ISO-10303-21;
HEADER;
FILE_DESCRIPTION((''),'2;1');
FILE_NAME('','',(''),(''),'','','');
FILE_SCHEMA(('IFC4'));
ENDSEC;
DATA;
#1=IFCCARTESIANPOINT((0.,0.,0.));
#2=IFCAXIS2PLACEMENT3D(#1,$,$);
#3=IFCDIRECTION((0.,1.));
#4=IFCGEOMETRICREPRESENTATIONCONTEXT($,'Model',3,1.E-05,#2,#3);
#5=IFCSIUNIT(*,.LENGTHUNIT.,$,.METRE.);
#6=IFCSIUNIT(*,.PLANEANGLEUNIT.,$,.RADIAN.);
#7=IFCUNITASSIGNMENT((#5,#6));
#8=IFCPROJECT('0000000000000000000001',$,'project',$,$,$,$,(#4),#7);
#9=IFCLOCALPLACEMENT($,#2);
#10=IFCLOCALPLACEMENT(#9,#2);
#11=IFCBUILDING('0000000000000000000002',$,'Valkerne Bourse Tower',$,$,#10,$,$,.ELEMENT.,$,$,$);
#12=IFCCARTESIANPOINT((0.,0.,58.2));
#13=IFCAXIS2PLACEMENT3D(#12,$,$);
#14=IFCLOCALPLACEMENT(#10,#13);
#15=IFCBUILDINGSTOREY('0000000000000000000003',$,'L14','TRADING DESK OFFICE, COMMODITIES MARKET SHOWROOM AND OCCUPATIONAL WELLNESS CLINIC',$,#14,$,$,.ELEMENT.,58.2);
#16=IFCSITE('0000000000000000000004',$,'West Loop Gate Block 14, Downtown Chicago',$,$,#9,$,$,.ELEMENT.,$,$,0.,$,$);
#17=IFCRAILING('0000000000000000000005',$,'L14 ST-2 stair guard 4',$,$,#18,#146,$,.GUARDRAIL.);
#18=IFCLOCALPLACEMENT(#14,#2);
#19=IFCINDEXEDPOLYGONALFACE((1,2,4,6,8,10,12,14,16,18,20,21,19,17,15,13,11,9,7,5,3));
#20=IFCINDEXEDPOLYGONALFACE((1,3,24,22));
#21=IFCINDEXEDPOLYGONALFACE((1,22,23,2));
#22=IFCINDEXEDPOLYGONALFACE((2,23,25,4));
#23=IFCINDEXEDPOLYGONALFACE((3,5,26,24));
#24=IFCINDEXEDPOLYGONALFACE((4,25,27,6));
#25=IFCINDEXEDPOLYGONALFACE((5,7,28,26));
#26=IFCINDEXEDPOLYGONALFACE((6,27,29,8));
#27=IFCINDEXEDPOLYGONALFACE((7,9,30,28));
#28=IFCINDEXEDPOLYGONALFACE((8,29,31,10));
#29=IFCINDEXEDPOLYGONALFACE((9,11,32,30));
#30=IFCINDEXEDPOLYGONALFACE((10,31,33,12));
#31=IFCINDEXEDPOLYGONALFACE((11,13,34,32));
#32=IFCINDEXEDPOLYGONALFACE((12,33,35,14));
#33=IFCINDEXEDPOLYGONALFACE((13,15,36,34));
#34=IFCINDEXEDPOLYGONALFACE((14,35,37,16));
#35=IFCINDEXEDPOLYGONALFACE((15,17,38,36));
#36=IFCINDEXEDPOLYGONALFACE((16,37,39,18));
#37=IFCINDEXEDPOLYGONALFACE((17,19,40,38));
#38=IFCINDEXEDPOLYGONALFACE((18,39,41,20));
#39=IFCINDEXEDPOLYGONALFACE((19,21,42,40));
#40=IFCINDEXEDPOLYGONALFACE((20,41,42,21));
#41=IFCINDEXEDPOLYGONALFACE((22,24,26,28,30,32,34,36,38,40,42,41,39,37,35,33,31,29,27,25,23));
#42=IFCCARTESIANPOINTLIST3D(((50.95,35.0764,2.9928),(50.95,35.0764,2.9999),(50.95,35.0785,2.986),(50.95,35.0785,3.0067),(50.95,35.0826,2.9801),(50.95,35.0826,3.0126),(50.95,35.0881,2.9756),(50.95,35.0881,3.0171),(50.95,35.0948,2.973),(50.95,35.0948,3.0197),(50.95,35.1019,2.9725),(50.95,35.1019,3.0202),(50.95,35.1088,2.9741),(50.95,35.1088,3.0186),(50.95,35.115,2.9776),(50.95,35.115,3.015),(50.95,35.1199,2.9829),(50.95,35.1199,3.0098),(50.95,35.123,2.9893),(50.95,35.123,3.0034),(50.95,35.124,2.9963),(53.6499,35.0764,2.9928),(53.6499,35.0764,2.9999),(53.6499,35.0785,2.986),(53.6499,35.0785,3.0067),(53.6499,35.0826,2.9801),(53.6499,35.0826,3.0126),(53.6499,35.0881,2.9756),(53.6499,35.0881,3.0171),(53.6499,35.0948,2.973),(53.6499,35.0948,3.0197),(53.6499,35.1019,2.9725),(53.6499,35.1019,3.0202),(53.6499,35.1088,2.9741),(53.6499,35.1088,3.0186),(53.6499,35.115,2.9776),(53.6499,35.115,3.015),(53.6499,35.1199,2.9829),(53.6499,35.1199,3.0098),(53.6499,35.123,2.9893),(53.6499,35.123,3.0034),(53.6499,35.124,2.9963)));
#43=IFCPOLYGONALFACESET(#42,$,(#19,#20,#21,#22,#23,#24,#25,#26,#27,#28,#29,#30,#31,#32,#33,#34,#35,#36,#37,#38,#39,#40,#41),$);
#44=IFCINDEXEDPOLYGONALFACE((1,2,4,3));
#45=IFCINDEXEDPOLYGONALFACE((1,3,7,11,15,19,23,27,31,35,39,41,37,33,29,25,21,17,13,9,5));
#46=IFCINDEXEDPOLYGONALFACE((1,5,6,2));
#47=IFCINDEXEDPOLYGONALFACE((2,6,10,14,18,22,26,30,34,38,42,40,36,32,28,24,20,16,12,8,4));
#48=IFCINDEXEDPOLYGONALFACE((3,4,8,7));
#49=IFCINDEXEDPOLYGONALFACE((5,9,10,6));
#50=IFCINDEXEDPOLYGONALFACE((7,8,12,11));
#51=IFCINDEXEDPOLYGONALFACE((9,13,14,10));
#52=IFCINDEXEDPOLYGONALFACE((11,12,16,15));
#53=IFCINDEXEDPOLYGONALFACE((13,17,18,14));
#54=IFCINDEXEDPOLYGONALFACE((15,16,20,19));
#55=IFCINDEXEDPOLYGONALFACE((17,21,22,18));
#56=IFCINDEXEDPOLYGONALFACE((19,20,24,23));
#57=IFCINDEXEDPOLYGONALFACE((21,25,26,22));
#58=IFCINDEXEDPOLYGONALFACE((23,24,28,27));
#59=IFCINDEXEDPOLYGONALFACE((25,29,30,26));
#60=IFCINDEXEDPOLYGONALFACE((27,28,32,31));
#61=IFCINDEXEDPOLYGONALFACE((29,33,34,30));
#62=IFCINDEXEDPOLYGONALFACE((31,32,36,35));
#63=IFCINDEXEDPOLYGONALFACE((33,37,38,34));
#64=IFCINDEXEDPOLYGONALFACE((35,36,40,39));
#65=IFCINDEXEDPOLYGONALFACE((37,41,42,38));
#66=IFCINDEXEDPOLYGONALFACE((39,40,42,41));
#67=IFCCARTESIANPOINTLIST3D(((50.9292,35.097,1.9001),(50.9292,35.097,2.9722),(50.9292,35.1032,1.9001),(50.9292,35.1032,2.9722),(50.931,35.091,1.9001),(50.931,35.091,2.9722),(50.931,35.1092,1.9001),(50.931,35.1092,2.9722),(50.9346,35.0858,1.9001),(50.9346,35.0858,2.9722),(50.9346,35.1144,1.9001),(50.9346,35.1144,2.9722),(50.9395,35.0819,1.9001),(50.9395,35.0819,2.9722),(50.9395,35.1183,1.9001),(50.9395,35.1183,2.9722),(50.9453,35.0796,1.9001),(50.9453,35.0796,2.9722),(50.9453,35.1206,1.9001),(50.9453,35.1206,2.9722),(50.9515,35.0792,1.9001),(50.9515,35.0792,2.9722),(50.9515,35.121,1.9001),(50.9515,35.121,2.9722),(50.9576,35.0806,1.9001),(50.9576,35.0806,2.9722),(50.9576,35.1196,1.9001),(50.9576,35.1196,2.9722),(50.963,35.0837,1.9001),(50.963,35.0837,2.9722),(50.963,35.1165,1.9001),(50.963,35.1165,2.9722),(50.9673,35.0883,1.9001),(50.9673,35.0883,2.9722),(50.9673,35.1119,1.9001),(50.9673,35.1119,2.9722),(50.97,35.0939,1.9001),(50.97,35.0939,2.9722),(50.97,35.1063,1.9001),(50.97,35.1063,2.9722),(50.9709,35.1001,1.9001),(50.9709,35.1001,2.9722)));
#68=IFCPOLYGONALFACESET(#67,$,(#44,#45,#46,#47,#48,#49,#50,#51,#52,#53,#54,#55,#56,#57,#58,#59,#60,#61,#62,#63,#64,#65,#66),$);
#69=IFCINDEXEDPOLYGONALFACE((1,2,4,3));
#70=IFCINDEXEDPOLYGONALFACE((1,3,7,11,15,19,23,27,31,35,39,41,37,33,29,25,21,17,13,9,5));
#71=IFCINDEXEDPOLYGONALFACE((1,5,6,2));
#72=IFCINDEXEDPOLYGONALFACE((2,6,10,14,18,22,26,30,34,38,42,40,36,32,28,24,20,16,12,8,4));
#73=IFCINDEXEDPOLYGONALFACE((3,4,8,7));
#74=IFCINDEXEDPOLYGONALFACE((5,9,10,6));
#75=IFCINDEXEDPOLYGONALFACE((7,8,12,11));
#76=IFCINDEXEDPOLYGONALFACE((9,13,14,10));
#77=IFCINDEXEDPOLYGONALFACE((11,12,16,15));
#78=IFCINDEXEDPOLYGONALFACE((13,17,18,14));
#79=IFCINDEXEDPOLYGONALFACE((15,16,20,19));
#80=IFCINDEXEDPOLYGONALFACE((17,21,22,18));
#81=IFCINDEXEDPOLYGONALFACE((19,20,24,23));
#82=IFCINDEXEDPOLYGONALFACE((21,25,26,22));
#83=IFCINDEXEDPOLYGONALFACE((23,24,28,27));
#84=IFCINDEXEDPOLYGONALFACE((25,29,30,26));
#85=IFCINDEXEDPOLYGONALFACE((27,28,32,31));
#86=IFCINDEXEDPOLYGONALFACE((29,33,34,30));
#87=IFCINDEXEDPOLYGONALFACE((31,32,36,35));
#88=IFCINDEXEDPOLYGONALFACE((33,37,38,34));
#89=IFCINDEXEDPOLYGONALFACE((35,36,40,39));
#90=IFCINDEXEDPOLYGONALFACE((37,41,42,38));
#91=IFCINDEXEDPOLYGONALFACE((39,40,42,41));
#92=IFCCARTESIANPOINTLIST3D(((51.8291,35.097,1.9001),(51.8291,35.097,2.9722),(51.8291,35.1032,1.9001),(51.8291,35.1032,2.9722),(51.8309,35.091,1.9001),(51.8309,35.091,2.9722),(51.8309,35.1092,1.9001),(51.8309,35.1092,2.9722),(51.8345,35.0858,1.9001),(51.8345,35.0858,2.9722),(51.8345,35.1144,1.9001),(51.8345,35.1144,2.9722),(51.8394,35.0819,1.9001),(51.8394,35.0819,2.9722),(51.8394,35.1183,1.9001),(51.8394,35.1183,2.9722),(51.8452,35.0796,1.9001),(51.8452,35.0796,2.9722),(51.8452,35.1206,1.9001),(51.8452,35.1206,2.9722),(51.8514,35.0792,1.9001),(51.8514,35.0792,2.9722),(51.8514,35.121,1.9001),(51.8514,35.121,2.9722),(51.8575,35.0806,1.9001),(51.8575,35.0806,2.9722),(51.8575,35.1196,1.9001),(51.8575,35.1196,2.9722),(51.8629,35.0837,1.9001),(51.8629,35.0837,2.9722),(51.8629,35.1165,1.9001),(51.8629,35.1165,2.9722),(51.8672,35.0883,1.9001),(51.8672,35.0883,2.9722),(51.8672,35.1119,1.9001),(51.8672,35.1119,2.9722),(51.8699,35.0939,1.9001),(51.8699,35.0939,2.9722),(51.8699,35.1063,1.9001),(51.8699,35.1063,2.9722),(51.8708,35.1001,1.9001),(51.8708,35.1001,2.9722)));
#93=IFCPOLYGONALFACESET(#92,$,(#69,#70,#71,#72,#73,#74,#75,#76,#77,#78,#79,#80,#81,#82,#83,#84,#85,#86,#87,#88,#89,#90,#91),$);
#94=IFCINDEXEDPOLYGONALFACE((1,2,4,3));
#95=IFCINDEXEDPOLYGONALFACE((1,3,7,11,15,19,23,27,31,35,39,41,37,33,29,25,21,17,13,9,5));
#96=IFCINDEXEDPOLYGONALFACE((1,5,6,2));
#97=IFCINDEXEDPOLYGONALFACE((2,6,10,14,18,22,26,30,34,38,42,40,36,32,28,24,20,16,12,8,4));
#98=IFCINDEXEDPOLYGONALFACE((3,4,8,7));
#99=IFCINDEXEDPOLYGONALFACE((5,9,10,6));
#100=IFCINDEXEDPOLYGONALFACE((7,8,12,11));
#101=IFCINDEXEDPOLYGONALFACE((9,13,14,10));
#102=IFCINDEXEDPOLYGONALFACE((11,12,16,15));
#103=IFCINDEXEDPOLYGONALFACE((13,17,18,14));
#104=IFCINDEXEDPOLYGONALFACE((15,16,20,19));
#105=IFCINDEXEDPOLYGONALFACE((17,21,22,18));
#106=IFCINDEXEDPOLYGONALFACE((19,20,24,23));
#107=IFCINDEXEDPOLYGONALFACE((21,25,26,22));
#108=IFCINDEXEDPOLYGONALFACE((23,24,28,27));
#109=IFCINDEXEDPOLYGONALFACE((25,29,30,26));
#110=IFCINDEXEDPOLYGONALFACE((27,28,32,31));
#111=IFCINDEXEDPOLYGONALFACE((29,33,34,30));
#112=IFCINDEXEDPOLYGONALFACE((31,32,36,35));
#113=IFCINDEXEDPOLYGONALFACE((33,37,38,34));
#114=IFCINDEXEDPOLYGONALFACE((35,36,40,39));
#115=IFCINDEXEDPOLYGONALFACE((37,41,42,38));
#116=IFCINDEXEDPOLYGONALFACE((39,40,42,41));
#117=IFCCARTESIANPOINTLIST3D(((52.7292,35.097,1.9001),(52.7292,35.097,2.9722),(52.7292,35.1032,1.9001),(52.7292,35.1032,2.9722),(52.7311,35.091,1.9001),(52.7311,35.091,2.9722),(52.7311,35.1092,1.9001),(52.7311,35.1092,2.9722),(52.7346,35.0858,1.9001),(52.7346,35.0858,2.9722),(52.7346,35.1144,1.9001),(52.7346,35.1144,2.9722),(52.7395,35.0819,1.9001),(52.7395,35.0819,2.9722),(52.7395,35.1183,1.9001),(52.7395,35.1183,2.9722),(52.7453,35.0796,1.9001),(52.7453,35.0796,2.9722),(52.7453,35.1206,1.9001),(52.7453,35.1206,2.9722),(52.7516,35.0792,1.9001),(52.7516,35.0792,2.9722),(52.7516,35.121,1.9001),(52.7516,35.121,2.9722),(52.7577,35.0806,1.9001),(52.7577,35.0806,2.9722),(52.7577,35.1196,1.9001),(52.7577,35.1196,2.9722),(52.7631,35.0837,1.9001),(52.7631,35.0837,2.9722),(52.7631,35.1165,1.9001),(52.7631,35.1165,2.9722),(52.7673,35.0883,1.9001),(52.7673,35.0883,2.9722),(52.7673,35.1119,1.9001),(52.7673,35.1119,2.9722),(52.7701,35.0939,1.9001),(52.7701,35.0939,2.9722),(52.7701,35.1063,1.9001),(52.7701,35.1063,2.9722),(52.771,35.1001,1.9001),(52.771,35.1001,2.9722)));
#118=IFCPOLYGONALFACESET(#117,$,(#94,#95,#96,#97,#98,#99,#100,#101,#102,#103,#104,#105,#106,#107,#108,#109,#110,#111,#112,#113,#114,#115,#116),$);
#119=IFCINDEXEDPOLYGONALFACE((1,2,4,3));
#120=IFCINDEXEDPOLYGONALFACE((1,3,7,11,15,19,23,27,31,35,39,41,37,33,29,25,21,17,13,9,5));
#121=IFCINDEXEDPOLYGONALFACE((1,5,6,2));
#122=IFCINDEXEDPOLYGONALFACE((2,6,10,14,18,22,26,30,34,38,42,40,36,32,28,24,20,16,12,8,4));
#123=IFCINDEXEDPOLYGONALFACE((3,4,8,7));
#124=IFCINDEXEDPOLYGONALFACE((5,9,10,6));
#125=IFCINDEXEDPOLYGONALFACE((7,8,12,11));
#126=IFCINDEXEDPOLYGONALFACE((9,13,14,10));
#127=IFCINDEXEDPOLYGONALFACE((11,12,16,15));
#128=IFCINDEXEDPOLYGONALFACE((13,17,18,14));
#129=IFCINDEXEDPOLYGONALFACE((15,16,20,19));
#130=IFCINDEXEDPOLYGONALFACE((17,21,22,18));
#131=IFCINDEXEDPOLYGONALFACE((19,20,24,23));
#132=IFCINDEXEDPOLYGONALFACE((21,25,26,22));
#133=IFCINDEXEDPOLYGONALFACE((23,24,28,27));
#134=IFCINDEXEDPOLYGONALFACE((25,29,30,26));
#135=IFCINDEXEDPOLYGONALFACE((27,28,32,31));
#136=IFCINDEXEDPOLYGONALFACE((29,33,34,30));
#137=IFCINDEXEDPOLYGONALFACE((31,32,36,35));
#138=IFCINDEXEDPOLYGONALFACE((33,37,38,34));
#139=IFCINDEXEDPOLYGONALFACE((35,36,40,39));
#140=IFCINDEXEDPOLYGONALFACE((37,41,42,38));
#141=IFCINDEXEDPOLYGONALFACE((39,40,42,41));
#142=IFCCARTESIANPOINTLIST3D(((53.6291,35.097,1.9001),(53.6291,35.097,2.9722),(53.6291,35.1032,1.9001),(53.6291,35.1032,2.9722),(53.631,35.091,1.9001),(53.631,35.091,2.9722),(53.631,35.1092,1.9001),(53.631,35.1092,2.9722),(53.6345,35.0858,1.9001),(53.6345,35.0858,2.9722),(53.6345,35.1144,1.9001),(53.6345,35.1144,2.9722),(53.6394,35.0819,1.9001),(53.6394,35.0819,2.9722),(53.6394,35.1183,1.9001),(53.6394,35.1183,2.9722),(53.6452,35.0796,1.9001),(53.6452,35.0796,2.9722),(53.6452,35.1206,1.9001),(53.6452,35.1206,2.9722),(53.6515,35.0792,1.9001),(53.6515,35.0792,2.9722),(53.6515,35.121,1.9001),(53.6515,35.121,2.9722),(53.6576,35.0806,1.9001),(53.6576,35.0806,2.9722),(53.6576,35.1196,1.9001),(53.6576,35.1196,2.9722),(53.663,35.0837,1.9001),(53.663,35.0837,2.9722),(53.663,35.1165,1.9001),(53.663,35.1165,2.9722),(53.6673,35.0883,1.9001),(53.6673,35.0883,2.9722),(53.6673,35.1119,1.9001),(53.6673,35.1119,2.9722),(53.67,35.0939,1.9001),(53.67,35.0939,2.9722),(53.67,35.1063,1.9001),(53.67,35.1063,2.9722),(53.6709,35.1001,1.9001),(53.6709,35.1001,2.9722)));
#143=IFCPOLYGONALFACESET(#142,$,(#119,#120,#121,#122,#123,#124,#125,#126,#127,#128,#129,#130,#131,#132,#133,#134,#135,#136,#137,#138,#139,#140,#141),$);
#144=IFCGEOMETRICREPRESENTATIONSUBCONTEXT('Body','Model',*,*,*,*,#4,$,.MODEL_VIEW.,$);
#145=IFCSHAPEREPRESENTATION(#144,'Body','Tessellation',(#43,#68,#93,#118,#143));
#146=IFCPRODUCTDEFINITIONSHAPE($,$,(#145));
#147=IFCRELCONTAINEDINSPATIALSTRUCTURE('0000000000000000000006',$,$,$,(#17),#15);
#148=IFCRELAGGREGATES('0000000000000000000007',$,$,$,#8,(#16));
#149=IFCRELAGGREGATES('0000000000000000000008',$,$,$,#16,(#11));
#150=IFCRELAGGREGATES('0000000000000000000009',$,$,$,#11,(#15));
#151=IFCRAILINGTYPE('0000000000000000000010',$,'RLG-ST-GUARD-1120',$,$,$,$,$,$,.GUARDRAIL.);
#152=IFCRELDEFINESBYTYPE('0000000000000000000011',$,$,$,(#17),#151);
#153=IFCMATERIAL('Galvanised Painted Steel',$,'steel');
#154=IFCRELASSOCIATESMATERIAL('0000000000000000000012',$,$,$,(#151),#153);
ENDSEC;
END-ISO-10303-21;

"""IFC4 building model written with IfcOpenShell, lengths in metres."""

from ifc_helpers import new_model, si_unit, direction, frame, origin, origin_2d, place, context, subcontext, project, spatial, circle, extrude, material, type_object, element, save


model = new_model("IFC4")

# Units and contexts
model_context = context("Model", 3, precision=1e-05, world=origin(), true_north=direction((0.0, 1.0)))
body_context = subcontext(model_context, "Body", "Model", "MODEL_VIEW")
ifc_project = project(units=[si_unit("LENGTHUNIT", "METRE"), si_unit("PLANEANGLEUNIT", "RADIAN")], contexts=[model_context])

# Site, building, storey
site_placement = place(None, origin())
site = spatial("IfcSite", under=ifc_project, at=site_placement, Name="West Loop Gate Block 14, Downtown Chicago", CompositionType="ELEMENT", RefElevation=0.0)
building_placement = place(site_placement, origin())
building = spatial("IfcBuilding", under=site, at=building_placement, Name="Valkerne Bourse Tower", CompositionType="ELEMENT")
storey_placement = place(building_placement, frame((0.0, 0.0, 58.2)))
storey = spatial("IfcBuildingStorey", under=building, at=storey_placement, Name="L14", Description="TRADING DESK OFFICE, COMMODITIES MARKET SHOWROOM AND OCCUPATIONAL WELLNESS CLINIC", CompositionType="ELEMENT", Elevation=58.2)

# Railing
ifc_material_1 = material(Name="Galvanised Painted Steel", Category="steel")
railing_type_1 = type_object("IfcRailingType", Name="RLG-ST-GUARD-1120", PredefinedType="GUARDRAIL", material=ifc_material_1)
for number, where, name in (
    (1, (50.95, 35.1001, 1.9001), "L14 ST-2 stair guard 4"),
):
    element("IfcRailing", number, at=place(storey_placement, frame(where)), inside=storey, type_object=railing_type_1, Name=name, PredefinedType="GUARDRAIL", context=body_context, shape_type="SweptSolid", body=[
        extrude(circle(Radius=0.0239, at=origin_2d()), frame((0.0, 0.0, 1.0962), z_axis=(1.0, 0.0, 0.0), x_axis=(0.0, 1.0, 0.0)), (0.0, 0.0, 1.0), 2.7),
        extrude(circle(Radius=0.021, at=origin_2d()), origin(), (0.0, 0.0, 1.0), 1.072),
        extrude(circle(Radius=0.021, at=origin_2d()), frame((0.8999, 0.0, 0.0)), (0.0, 0.0, 1.0), 1.072),
        extrude(circle(Radius=0.021, at=origin_2d()), frame((1.8, 0.0, 0.0)), (0.0, 0.0, 1.0), 1.072),
        extrude(circle(Radius=0.021, at=origin_2d()), frame((2.7, 0.0, 0.0)), (0.0, 0.0, 1.0), 1.072),
    ])

save(model, "model.ifc")
